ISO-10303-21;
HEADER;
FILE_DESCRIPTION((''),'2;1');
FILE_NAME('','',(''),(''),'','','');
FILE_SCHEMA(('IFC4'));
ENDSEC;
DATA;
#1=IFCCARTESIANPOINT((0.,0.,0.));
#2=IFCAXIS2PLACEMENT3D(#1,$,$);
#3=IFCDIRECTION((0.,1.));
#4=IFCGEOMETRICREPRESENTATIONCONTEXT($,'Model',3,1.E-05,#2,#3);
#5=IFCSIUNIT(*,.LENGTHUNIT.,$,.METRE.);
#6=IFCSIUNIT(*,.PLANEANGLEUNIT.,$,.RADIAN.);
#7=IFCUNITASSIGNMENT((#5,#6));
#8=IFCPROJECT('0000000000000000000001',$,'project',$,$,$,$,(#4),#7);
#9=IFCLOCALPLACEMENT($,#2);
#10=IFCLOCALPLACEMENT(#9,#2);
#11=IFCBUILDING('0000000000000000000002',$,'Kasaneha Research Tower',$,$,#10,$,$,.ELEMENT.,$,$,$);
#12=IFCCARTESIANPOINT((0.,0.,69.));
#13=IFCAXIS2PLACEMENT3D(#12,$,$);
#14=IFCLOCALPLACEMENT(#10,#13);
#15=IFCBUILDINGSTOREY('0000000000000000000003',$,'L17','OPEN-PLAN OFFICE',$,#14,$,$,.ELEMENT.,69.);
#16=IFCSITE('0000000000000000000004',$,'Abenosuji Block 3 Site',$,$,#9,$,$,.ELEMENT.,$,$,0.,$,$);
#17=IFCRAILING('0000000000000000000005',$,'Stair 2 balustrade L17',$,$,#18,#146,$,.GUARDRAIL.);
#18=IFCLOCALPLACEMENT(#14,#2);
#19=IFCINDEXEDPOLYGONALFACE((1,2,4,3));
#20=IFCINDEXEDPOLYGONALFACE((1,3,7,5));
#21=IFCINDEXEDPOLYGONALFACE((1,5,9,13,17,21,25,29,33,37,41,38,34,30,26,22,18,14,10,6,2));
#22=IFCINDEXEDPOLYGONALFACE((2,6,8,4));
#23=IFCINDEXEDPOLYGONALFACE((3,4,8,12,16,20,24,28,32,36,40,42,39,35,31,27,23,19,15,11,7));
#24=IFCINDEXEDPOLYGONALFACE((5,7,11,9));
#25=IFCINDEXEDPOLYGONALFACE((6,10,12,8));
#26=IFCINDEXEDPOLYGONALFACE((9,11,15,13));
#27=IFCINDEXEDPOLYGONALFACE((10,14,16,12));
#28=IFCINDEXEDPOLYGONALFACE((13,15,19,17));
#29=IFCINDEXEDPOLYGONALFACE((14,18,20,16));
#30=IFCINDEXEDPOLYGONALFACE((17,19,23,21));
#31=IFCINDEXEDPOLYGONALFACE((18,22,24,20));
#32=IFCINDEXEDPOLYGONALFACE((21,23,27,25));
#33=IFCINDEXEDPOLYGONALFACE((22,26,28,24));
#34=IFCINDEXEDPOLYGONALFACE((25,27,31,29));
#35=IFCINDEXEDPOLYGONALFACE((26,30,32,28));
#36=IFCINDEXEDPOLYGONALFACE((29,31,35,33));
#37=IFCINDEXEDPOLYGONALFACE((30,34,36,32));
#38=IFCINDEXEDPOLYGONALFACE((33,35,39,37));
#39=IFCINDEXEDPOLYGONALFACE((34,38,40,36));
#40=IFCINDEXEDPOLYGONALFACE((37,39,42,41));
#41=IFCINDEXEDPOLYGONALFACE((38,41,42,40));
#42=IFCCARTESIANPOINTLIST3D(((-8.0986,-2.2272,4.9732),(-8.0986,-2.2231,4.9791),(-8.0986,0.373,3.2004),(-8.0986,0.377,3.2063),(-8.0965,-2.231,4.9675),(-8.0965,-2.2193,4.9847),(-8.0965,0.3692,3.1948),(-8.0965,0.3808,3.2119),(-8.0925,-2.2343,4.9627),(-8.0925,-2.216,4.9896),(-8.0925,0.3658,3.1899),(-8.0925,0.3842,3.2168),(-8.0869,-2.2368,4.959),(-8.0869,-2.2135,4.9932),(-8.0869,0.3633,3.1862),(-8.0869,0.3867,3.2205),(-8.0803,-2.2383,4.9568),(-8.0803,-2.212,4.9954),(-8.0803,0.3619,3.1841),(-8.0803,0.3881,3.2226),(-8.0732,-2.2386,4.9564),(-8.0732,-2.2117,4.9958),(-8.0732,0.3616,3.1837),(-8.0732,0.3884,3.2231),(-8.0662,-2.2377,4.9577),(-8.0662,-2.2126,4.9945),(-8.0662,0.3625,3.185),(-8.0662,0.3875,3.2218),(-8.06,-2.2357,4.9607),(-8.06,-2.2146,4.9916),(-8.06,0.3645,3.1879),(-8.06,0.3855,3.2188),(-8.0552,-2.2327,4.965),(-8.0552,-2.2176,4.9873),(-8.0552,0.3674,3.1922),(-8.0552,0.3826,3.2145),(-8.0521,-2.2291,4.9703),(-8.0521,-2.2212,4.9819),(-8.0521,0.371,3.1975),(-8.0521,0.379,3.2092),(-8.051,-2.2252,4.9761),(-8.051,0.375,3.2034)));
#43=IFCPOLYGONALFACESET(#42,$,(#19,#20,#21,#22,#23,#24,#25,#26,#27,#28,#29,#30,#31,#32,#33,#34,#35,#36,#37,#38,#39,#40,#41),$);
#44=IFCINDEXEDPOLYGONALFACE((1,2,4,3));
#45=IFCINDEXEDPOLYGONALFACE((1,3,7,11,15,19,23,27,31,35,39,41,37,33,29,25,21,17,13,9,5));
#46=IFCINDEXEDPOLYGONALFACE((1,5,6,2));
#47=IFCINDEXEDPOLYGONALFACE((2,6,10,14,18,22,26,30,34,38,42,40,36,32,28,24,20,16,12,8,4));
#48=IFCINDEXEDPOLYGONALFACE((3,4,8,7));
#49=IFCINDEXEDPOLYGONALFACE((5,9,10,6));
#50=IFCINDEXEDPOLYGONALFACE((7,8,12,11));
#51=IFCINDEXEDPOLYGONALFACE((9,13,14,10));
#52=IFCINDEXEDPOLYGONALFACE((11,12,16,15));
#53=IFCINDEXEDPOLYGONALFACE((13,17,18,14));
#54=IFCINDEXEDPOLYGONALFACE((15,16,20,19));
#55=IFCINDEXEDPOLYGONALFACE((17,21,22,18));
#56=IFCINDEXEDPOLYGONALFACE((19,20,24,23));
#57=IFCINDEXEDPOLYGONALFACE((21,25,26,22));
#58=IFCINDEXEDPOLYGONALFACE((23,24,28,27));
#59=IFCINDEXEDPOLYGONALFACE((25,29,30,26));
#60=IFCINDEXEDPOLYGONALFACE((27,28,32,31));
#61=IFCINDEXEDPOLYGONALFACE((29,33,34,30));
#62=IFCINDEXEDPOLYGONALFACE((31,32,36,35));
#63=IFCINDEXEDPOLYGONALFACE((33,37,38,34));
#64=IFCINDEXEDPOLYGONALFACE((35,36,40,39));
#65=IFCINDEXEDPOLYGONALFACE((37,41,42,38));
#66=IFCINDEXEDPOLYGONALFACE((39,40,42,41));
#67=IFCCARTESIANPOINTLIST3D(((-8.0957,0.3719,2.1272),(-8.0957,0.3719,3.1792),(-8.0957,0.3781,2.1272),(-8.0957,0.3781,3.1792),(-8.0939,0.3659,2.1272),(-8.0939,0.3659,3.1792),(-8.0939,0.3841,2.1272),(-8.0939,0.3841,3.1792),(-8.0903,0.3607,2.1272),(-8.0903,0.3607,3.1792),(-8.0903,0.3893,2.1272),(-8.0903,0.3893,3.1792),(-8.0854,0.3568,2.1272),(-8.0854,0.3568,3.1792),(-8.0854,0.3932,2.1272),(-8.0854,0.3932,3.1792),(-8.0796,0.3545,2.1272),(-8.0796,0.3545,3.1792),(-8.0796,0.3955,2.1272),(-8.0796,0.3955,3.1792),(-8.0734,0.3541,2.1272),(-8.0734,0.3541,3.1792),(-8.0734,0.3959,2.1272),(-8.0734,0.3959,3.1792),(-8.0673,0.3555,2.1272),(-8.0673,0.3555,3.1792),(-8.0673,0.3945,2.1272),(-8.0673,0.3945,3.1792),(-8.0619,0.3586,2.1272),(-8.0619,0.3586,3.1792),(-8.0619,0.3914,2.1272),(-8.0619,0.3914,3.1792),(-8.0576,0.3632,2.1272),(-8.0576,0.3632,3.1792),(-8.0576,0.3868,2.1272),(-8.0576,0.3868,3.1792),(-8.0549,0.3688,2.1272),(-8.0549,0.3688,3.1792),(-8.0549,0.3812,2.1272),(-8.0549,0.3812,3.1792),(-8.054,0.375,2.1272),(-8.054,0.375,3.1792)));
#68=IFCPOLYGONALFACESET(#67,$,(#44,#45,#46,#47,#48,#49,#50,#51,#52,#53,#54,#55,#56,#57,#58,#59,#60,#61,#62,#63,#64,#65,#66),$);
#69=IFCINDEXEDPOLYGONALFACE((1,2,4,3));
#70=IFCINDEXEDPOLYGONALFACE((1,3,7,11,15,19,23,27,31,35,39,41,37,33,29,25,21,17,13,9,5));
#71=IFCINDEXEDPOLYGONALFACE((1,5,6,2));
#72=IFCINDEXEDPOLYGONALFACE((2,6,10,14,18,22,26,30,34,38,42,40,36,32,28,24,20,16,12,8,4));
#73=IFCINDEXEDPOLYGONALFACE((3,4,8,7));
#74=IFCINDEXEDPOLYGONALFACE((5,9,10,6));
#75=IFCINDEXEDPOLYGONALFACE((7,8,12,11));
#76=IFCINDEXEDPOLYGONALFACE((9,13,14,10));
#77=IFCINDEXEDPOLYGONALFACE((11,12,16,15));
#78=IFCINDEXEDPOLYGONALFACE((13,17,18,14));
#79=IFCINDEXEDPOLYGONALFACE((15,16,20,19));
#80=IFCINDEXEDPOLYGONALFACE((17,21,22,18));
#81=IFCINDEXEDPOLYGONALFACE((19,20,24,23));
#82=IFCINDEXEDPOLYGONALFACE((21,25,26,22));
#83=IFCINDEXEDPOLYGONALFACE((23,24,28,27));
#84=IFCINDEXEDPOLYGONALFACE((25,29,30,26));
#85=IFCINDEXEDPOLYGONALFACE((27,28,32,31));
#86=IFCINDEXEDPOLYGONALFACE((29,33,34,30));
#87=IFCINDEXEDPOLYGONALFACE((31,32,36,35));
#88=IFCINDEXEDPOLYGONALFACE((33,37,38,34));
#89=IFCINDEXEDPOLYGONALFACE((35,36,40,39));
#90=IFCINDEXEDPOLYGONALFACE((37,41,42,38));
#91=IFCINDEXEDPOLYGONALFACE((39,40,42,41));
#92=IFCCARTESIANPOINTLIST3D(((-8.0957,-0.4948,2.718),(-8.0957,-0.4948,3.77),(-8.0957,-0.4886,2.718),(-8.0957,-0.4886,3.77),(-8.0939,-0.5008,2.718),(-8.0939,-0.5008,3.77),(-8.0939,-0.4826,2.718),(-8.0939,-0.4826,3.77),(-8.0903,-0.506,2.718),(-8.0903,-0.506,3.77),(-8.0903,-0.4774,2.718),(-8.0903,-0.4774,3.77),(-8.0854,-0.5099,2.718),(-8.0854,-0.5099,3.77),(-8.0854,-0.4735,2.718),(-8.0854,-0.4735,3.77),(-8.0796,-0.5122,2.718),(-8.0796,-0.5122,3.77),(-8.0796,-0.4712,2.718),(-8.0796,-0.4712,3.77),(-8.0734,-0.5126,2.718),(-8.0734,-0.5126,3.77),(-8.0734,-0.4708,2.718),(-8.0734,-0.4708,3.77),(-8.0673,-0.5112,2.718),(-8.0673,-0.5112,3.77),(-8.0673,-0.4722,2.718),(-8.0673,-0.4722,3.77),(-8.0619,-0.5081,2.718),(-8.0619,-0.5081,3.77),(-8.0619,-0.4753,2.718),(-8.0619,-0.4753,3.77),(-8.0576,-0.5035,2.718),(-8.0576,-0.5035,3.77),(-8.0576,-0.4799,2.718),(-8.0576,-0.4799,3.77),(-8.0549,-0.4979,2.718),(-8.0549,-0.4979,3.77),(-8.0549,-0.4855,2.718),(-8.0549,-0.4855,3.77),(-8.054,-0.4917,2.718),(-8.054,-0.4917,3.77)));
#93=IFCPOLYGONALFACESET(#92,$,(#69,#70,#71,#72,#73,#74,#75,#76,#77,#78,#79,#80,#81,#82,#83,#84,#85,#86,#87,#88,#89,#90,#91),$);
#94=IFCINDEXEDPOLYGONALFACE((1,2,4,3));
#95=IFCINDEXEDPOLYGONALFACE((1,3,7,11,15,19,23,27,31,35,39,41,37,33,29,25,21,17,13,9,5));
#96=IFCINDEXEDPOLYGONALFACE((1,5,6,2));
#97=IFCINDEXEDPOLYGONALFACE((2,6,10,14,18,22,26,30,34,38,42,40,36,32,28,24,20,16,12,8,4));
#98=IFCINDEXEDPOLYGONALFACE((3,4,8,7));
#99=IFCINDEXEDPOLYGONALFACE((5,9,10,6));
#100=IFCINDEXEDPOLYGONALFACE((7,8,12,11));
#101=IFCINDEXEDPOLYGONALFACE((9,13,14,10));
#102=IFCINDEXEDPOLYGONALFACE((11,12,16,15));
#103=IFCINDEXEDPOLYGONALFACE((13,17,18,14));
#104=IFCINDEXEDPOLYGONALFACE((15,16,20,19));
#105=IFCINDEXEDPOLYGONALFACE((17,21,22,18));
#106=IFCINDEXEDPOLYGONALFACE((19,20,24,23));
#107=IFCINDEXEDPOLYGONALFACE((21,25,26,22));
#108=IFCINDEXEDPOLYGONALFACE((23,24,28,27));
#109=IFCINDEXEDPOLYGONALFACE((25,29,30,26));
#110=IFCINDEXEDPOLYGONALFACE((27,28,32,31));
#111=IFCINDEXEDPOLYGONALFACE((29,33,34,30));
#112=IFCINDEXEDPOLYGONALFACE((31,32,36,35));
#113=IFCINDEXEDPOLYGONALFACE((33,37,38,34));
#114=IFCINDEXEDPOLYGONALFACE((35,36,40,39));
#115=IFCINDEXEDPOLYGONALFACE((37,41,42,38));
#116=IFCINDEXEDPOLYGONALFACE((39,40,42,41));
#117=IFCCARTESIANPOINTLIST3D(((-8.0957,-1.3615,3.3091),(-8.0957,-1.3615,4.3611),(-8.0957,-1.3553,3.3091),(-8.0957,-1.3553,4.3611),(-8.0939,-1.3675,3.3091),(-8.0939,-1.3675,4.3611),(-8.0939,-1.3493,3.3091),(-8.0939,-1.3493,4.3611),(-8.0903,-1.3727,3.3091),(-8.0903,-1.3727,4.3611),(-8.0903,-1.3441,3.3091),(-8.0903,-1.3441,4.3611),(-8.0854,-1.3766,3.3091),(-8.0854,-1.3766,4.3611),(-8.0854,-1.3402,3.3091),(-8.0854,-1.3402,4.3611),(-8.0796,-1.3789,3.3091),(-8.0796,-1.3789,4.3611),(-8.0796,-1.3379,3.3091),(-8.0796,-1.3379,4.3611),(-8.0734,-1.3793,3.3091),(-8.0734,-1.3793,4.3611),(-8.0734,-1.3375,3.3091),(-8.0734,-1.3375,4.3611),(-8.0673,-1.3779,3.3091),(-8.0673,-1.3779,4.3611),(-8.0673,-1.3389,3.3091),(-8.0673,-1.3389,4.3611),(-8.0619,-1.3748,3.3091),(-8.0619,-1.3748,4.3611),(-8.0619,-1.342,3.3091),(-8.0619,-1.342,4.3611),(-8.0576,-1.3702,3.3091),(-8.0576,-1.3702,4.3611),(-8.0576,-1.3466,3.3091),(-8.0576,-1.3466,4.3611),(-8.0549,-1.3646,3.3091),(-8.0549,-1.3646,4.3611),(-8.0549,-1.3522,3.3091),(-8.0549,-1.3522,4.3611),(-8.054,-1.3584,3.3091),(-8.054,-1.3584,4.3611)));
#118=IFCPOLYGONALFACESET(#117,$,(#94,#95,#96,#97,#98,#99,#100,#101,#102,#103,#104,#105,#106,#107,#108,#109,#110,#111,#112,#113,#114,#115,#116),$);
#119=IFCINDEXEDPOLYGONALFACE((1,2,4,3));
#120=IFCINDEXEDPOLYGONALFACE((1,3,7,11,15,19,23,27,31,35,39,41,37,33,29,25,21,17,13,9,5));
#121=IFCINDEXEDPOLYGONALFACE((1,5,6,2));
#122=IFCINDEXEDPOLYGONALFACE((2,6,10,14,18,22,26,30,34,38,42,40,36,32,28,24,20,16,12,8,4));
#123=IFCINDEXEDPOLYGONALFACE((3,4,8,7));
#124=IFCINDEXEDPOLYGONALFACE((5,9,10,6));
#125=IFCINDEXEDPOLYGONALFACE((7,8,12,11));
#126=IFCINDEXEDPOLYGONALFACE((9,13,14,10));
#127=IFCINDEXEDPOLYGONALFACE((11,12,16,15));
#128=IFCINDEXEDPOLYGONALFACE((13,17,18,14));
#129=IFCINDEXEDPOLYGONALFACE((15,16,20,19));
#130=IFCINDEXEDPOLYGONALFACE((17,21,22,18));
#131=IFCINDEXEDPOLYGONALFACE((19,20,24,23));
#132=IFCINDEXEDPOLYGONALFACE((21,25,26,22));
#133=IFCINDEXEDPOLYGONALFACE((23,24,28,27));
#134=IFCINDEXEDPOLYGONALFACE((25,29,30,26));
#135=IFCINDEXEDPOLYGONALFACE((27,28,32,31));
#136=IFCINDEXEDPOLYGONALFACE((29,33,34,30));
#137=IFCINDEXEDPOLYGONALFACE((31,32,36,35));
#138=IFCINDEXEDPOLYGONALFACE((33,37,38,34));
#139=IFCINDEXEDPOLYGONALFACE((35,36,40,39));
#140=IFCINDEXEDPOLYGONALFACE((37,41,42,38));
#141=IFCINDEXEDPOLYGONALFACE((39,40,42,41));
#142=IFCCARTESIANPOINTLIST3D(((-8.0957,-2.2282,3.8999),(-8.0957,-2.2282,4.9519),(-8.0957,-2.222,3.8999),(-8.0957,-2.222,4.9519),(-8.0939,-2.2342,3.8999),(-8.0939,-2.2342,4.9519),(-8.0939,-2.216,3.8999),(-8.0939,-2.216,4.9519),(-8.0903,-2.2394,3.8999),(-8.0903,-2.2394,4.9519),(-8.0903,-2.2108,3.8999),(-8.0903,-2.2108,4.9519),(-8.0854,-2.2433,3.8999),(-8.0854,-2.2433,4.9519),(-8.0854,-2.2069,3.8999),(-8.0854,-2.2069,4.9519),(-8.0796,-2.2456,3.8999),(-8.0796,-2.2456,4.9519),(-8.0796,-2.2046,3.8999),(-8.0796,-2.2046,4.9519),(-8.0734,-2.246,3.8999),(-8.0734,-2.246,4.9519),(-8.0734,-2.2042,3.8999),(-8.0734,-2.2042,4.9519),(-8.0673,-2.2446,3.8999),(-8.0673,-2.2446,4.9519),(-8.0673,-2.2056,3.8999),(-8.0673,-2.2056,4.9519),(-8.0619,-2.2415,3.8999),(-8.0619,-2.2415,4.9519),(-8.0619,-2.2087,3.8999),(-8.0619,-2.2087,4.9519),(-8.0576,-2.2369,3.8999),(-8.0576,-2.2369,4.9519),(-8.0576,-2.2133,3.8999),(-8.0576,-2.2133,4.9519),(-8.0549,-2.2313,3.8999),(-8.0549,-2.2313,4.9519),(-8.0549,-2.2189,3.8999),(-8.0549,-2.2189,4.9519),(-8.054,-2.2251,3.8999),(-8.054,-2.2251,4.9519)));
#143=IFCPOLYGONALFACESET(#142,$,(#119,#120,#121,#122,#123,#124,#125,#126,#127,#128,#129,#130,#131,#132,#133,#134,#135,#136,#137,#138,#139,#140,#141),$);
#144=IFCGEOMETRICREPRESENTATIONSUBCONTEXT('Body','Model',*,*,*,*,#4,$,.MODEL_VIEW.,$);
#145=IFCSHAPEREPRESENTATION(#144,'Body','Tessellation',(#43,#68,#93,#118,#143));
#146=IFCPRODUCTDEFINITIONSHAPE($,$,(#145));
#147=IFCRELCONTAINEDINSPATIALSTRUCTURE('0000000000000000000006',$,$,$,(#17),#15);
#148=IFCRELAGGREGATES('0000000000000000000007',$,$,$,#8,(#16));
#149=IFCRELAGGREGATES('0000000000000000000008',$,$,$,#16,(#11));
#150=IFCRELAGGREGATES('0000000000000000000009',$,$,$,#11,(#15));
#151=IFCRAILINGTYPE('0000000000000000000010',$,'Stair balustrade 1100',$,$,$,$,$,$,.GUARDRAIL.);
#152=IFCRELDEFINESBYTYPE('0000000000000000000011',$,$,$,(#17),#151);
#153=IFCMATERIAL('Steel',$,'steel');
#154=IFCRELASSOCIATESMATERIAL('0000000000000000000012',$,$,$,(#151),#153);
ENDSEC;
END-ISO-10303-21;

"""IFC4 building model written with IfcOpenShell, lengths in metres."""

from ifc_helpers import new_model, si_unit, direction, frame, origin, origin_2d, place, context, subcontext, project, spatial, circle, extrude, material, type_object, element, save


model = new_model("IFC4")

# Units and contexts
model_context = context("Model", 3, precision=1e-05, world=origin(), true_north=direction((0.0, 1.0)))
body_context = subcontext(model_context, "Body", "Model", "MODEL_VIEW")
ifc_project = project(units=[si_unit("LENGTHUNIT", "METRE"), si_unit("PLANEANGLEUNIT", "RADIAN")], contexts=[model_context])

# Site, building, storey
site_placement = place(None, origin())
site = spatial("IfcSite", under=ifc_project, at=site_placement, Name="Abenosuji Block 3 Site", CompositionType="ELEMENT", RefElevation=0.0)
building_placement = place(site_placement, origin())
building = spatial("IfcBuilding", under=site, at=building_placement, Name="Kasaneha Research Tower", CompositionType="ELEMENT")
storey_placement = place(building_placement, frame((0.0, 0.0, 69.0)))
storey = spatial("IfcBuildingStorey", under=building, at=storey_placement, Name="L17", Description="OPEN-PLAN OFFICE", CompositionType="ELEMENT", Elevation=69.0)

# Railing
ifc_material_1 = material(Name="Steel", Category="steel")
railing_type_1 = type_object("IfcRailingType", Name="Stair balustrade 1100", PredefinedType="GUARDRAIL", material=ifc_material_1)
railing_1_placement = place(storey_placement, frame((-8.075, 0.375, 2.1272)))
element("IfcRailing", 1, at=railing_1_placement, inside=storey, type_object=railing_type_1, Name="Stair 2 balustrade L17", PredefinedType="GUARDRAIL", context=body_context, shape_type="SweptSolid", body=[
    extrude(circle(Radius=0.0239, at=origin_2d()), frame((0.0, 0.0, 1.0762), z_axis=(0.0, -0.82624, 0.563318), x_axis=(1.0, 0.0, 0.0)), (0.0, 0.0, 1.0), 3.147),
    extrude(circle(Radius=0.021, at=origin_2d()), origin(), (0.0, 0.0, 1.0), 1.052),
    extrude(circle(Radius=0.021, at=origin_2d()), frame((0.0, -0.8667, 0.5908)), (0.0, 0.0, 1.0), 1.052),
    extrude(circle(Radius=0.021, at=origin_2d()), frame((0.0, -1.7334, 1.1819)), (0.0, 0.0, 1.0), 1.052),
    extrude(circle(Radius=0.021, at=origin_2d()), frame((0.0, -2.6001, 1.7727)), (0.0, 0.0, 1.0), 1.052),
])

save(model, "model.ifc")
